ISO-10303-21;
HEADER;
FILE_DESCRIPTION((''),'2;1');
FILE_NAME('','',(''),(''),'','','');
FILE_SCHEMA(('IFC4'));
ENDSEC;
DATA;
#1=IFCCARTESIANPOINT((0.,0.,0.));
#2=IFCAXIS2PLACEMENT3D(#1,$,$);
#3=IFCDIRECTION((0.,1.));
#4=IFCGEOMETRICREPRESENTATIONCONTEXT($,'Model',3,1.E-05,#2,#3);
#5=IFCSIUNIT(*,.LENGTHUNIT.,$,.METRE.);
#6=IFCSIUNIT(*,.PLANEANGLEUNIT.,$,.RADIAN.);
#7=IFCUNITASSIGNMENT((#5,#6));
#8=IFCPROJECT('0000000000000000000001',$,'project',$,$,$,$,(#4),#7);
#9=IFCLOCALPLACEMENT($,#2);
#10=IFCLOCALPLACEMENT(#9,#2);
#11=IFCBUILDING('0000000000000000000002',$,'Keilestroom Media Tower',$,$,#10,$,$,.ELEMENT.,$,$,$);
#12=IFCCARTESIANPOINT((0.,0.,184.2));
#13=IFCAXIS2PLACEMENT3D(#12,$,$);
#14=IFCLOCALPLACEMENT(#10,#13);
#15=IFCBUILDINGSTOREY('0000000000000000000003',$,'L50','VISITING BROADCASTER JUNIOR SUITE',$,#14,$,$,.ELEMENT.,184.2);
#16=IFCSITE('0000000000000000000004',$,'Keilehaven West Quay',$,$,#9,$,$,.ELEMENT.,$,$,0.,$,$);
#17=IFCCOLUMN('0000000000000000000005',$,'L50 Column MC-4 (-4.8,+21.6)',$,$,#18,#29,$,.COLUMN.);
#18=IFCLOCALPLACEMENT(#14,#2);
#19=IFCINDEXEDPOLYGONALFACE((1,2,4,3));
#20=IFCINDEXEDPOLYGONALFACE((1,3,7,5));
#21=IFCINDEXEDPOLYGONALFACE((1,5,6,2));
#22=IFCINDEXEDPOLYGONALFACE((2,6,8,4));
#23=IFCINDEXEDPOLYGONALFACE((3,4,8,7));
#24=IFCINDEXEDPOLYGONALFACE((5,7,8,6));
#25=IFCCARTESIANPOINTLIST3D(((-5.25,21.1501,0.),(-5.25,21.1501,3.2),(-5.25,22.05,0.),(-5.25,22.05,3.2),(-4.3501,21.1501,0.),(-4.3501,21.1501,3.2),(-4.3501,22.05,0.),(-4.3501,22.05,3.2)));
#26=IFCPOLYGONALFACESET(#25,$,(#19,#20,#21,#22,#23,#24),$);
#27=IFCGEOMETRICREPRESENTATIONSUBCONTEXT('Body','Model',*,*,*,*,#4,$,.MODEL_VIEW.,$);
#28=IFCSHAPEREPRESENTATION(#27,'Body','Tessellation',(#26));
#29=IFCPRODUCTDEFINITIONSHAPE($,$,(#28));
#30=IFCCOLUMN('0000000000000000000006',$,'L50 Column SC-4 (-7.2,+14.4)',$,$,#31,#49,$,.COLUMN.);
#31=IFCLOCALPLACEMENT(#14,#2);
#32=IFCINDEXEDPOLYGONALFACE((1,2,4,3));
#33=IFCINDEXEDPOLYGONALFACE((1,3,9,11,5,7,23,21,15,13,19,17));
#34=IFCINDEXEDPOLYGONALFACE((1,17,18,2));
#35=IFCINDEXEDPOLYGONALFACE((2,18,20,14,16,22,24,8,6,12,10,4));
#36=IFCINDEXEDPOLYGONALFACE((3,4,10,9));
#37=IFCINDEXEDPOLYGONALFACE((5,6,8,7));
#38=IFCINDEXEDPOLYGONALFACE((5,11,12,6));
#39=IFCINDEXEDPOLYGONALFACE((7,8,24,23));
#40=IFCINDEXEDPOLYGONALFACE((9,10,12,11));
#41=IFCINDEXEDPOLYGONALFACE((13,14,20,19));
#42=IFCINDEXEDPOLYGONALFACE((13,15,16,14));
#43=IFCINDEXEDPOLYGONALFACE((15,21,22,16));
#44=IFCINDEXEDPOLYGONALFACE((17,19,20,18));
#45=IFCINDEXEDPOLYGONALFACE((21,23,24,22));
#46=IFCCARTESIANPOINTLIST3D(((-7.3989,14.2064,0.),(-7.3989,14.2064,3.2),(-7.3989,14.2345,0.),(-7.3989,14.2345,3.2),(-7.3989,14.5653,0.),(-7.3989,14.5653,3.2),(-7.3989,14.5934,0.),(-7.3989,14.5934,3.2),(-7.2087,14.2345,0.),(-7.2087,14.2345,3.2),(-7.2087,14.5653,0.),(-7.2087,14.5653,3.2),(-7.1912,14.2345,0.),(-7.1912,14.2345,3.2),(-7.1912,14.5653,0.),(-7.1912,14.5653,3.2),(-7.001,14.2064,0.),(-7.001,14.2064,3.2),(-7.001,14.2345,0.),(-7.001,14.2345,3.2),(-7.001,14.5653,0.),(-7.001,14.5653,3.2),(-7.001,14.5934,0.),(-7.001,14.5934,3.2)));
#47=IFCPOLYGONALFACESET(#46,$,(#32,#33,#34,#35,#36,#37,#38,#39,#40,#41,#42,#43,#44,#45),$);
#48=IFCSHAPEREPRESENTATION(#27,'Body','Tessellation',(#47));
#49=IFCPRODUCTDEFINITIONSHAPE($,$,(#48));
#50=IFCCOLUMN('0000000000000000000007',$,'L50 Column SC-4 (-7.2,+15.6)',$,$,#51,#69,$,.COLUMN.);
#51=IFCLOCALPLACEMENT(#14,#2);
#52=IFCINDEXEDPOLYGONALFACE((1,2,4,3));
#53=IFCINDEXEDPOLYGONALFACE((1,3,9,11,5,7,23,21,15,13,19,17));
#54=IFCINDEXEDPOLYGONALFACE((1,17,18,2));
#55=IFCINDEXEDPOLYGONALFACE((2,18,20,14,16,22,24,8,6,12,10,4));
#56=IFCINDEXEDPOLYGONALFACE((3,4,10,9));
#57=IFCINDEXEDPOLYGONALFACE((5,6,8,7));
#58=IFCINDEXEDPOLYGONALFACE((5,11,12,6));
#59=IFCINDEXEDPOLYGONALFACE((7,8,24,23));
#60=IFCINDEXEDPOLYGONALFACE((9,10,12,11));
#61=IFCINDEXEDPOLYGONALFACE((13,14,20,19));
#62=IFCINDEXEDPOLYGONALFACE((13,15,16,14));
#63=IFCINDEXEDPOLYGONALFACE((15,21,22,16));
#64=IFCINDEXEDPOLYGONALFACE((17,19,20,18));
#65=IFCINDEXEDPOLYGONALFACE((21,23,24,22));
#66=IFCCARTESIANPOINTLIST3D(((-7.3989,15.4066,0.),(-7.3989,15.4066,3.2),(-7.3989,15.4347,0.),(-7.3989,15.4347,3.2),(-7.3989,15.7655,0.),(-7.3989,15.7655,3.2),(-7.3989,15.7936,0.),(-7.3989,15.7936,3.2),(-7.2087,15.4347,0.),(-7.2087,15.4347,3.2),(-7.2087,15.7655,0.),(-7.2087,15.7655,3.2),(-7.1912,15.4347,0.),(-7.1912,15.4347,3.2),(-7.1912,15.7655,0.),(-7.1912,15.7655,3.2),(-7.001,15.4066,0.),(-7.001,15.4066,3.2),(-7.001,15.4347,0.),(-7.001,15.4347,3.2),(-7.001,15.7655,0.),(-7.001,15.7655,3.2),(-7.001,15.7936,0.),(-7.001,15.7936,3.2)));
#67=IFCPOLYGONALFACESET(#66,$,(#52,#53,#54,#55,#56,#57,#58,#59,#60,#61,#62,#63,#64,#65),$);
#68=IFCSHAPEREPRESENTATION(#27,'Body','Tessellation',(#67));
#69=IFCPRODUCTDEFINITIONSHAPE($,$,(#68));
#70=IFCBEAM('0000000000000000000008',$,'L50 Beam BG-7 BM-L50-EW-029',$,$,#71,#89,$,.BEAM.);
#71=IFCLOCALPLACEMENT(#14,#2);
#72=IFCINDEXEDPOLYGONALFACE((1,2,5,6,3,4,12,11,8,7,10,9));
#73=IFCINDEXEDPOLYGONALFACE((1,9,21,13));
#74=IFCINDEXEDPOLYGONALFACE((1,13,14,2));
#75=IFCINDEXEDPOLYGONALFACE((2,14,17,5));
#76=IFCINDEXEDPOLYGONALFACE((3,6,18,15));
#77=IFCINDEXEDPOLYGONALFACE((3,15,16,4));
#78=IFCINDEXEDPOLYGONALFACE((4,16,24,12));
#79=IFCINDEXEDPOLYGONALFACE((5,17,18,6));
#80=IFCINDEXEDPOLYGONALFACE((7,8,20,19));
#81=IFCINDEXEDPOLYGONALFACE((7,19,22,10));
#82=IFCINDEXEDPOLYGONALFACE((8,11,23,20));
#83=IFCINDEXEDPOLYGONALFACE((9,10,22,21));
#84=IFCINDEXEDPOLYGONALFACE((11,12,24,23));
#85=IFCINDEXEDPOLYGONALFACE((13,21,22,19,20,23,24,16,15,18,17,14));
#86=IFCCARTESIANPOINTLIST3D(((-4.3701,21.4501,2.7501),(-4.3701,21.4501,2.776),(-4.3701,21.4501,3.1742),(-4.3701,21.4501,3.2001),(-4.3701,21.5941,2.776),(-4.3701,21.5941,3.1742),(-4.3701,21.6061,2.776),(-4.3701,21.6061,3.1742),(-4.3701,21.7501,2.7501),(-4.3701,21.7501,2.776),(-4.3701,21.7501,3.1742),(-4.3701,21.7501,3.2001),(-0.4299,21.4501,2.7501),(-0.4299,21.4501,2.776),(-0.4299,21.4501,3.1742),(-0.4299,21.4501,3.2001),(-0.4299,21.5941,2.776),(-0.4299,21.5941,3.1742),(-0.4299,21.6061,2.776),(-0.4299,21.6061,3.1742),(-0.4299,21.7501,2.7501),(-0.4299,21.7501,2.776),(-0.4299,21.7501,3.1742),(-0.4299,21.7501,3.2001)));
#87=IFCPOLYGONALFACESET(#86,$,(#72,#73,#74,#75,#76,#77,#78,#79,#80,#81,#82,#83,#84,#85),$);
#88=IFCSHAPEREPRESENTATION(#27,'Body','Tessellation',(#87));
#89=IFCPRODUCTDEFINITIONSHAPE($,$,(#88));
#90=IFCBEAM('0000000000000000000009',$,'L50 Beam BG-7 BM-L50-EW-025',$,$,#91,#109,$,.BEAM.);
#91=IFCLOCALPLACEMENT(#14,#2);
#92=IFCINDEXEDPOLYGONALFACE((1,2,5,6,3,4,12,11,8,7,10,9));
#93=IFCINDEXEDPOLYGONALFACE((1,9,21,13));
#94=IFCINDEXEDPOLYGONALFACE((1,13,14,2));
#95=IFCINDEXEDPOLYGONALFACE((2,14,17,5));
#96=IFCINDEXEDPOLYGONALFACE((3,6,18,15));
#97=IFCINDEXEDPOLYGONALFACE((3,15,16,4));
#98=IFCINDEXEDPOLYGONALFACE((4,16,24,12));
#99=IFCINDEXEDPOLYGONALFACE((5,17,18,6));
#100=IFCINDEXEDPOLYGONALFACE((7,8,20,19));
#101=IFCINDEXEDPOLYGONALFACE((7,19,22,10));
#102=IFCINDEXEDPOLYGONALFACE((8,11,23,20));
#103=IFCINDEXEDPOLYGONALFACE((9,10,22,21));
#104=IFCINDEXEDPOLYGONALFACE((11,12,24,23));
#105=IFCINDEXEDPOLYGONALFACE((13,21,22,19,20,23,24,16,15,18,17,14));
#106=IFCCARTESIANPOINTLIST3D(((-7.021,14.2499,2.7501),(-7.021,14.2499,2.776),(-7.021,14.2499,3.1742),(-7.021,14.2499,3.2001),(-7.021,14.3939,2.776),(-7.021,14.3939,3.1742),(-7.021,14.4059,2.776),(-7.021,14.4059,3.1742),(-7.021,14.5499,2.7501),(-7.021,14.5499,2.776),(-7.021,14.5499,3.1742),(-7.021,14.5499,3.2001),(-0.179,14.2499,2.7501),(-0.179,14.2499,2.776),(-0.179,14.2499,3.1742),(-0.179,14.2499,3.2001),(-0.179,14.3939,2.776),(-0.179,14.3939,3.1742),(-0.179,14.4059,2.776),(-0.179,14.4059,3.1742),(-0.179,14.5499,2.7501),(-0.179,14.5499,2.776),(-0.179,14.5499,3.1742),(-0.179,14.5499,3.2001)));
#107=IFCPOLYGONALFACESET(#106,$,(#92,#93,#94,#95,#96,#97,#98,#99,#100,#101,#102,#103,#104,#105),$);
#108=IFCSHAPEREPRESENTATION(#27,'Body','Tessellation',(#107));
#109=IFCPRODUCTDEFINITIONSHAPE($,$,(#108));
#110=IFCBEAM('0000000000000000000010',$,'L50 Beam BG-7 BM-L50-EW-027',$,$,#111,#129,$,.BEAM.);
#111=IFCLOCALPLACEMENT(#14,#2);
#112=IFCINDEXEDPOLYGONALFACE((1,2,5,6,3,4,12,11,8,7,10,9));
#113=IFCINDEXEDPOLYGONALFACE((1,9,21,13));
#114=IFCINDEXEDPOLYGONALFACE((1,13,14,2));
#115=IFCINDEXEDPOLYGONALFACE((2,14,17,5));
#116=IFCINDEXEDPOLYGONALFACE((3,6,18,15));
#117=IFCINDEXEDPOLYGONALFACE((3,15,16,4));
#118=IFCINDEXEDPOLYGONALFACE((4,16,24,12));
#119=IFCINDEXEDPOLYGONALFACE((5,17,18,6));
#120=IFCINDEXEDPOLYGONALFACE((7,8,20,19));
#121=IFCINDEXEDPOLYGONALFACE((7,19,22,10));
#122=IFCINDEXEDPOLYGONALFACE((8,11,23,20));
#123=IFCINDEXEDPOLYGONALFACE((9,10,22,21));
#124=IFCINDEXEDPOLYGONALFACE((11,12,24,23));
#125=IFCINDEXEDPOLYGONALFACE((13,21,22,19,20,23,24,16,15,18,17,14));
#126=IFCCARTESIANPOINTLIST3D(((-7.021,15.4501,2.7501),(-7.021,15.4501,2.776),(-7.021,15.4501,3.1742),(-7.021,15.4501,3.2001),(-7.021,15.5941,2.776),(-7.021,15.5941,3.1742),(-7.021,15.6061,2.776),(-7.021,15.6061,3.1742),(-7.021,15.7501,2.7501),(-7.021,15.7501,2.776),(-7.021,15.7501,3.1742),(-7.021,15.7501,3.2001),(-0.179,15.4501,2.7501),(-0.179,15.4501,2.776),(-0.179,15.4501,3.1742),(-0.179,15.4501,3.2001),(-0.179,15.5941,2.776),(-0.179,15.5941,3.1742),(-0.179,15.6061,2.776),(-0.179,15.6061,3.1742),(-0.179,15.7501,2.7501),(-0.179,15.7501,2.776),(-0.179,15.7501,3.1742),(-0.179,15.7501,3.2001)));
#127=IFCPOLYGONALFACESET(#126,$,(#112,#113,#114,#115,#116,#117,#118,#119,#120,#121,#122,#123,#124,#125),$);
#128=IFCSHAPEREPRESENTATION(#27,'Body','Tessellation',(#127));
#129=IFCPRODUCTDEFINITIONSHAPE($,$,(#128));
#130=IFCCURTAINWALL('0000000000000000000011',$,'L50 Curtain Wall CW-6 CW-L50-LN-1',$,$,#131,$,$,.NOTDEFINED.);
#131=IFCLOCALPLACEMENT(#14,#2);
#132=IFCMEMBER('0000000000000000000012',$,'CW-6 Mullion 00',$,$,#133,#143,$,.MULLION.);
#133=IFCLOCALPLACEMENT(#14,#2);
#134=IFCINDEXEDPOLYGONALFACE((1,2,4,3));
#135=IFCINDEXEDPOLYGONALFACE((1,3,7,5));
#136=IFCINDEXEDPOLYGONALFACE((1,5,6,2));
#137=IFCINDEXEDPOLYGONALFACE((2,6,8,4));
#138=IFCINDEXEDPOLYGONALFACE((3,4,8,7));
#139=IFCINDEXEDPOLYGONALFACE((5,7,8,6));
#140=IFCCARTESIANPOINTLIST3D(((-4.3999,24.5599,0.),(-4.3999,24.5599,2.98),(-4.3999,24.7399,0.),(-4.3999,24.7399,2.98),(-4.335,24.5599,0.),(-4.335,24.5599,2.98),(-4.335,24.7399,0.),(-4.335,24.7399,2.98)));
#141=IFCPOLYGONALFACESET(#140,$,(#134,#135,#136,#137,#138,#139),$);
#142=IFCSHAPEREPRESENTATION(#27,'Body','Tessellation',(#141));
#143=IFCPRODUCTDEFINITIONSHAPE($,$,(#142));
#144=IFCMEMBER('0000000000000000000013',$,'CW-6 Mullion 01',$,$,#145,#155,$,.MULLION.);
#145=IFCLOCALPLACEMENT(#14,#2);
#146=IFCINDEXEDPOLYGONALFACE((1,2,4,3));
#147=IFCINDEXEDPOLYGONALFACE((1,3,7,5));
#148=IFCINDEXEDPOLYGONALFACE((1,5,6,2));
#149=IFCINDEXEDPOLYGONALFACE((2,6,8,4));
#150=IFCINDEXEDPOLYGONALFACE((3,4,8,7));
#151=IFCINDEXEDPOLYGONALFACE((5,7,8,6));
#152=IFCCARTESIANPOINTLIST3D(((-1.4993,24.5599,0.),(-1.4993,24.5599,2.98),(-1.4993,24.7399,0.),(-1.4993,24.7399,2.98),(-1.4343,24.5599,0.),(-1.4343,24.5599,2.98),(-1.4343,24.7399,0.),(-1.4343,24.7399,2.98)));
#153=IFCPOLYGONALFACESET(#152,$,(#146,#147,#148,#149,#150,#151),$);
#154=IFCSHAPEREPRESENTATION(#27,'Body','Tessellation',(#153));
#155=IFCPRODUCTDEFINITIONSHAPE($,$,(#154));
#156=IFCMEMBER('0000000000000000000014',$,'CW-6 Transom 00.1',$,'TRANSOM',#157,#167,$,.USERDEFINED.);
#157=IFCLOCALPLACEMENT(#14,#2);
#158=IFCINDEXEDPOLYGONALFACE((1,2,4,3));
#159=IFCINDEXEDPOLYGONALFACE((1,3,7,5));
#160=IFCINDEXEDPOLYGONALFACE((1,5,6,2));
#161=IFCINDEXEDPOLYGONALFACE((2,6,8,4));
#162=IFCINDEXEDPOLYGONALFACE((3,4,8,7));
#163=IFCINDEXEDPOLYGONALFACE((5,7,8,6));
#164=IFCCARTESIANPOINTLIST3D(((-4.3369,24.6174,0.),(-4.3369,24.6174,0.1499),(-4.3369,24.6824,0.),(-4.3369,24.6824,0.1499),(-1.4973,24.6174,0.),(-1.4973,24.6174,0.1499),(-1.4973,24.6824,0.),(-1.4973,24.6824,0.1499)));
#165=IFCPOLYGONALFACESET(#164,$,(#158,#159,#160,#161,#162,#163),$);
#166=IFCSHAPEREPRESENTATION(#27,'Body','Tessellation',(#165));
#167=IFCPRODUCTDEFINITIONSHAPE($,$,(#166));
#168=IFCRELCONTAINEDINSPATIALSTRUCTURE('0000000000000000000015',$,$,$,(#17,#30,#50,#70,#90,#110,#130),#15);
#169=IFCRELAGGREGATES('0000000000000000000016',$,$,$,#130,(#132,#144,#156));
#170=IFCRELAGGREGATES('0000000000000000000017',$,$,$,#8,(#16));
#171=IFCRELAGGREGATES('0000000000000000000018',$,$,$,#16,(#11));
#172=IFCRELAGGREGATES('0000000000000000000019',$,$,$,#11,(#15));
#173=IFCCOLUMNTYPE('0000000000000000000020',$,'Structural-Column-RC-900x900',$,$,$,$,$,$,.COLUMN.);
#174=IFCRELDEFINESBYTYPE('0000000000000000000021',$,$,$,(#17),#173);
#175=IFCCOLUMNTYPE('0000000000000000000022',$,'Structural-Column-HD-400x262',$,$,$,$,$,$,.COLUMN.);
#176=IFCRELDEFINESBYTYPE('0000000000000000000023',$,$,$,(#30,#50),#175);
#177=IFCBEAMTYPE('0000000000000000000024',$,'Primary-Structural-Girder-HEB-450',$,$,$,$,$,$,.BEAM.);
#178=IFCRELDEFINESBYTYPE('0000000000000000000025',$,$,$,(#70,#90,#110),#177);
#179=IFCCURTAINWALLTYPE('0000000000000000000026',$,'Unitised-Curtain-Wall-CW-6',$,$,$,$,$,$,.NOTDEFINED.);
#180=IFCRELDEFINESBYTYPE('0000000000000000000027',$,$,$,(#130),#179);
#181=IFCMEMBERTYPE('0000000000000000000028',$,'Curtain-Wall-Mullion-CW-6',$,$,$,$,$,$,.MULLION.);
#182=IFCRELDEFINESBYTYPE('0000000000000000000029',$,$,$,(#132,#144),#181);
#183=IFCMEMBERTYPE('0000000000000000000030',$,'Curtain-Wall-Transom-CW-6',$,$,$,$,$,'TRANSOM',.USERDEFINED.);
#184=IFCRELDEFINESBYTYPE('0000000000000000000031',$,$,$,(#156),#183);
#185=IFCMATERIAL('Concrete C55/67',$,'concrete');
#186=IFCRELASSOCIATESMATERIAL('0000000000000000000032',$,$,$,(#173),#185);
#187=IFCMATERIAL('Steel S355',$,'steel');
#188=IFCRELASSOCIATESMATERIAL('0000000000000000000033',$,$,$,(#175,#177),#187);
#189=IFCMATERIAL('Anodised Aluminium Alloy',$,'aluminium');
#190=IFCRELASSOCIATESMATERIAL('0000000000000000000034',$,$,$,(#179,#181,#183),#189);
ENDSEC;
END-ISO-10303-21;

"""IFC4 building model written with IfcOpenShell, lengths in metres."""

from ifc_helpers import new_model, si_unit, direction, frame, origin, origin_2d, place, context, subcontext, project, spatial, rectangle, i_section, extrude, source, transform, mapped, material, material_profile, profile_set, type_object, element, aggregate, save


model = new_model("IFC4")

# Units and contexts
model_context = context("Model", 3, precision=1e-05, world=origin(), true_north=direction((0.0, 1.0)))
body_context = subcontext(model_context, "Body", "Model", "MODEL_VIEW")
ifc_project = project(units=[si_unit("LENGTHUNIT", "METRE"), si_unit("PLANEANGLEUNIT", "RADIAN")], contexts=[model_context])

# Site, building, storey
site_placement = place(None, origin())
site = spatial("IfcSite", under=ifc_project, at=site_placement, Name="Keilehaven West Quay", CompositionType="ELEMENT", RefElevation=0.0)
building_placement = place(site_placement, origin())
building = spatial("IfcBuilding", under=site, at=building_placement, Name="Keilestroom Media Tower", CompositionType="ELEMENT")
storey_placement = place(building_placement, frame((0.0, 0.0, 184.2)))
storey = spatial("IfcBuildingStorey", under=building, at=storey_placement, Name="L50", Description="VISITING BROADCASTER JUNIOR SUITE", CompositionType="ELEMENT", Elevation=184.2)

# Columns
ifc_material_1 = material(Name="Concrete C55/67", Category="concrete")
ifc_material_profile_1 = material_profile(ifc_material_1, rectangle(XDim=0.8999, YDim=0.8999, at=origin_2d()), Name="RC 900x900")
ifc_profile_set_1 = profile_set([ifc_material_profile_1], Name="Concrete C55/67")
column_type_1 = type_object("IfcColumnType", Name="Structural-Column-RC-900x900", PredefinedType="COLUMN", material=ifc_profile_set_1)
shared_shape_1 = source(origin(), body_context, "Body", "SweptSolid", [
    extrude(rectangle(XDim=0.8999, YDim=0.8999, at=origin_2d()), origin(), (0.0, 0.0, 1.0), 3.2),
])
column_placement = place(storey_placement, frame((-4.8, 21.6001, 0.0), z_axis=(0.0, 0.0, 1.0), x_axis=(1.0, 0.0, 0.0)))
element("IfcColumn", 1, at=column_placement, inside=storey, type_object=column_type_1, Name="L50 Column MC-4 (-4.8,+21.6)", PredefinedType="COLUMN", context=body_context, shape_type="MappedRepresentation", body=[
    mapped(shared_shape_1, transform((0.0, 0.0, 0.0), x_axis=(1.0, 0.0, 0.0), y_axis=(0.0, 1.0, 0.0), z_axis=(0.0, 0.0, 1.0), scale=1.0)),
])
ifc_material_2 = material(Name="Steel S355", Category="steel")
ifc_material_profile_2 = material_profile(ifc_material_2, i_section(OverallWidth=0.3979, OverallDepth=0.387, WebThickness=0.0176, FlangeThickness=0.0281, at=origin_2d()), Name="HD 400x262")
ifc_profile_set_2 = profile_set([ifc_material_profile_2], Name="Steel S355")
column_type_2 = type_object("IfcColumnType", Name="Structural-Column-HD-400x262", PredefinedType="COLUMN", material=ifc_profile_set_2)
shared_shape_2 = source(origin(), body_context, "Body", "SweptSolid", [
    extrude(i_section(OverallWidth=0.3979, OverallDepth=0.387, WebThickness=0.0176, FlangeThickness=0.0281, at=origin_2d()), origin(), (0.0, 0.0, 1.0), 3.2),
])
for number, where, z_axis, x_axis, name in (
    (2, (-7.2, 14.3999, 0.0), (0.0, 0.0, 1.0), (1.0, 0.0, 0.0), "L50 Column SC-4 (-7.2,+14.4)"),
    (3, (-7.2, 15.6001, 0.0), (0.0, 0.0, 1.0), (1.0, 0.0, 0.0), "L50 Column SC-4 (-7.2,+15.6)"),
):
    element("IfcColumn", number, at=place(storey_placement, frame(where, z_axis=z_axis, x_axis=x_axis)), inside=storey, type_object=column_type_2, Name=name, PredefinedType="COLUMN", context=body_context, shape_type="MappedRepresentation", body=[
        mapped(shared_shape_2, transform((0.0, 0.0, 0.0), x_axis=(1.0, 0.0, 0.0), y_axis=(0.0, 1.0, 0.0), z_axis=(0.0, 0.0, 1.0), scale=1.0)),
    ])

# Beams
ifc_material_profile_3 = material_profile(ifc_material_2, i_section(OverallWidth=0.3, OverallDepth=0.45, WebThickness=0.012, FlangeThickness=0.0259, at=origin_2d()), Name="HEB 450")
ifc_profile_set_3 = profile_set([ifc_material_profile_3], Name="Steel S355")
beam_type = type_object("IfcBeamType", Name="Primary-Structural-Girder-HEB-450", PredefinedType="BEAM", material=ifc_profile_set_3)
shared_shape_3 = source(origin(), body_context, "Body", "SweptSolid", [
    extrude(i_section(OverallWidth=0.3, OverallDepth=0.45, WebThickness=0.012, FlangeThickness=0.0259, at=origin_2d()), origin(), (0.0, 0.0, 1.0), 3.9402),
])
beam_placement = place(storey_placement, frame((-4.3701, 21.6001, 2.9751), z_axis=(1.0, 0.0, 0.0), x_axis=(0.0, 1.0, 0.0)))
element("IfcBeam", 4, at=beam_placement, inside=storey, type_object=beam_type, Name="L50 Beam BG-7 BM-L50-EW-029", PredefinedType="BEAM", context=body_context, shape_type="MappedRepresentation", body=[
    mapped(shared_shape_3, transform((0.0, 0.0, 0.0), x_axis=(1.0, 0.0, 0.0), y_axis=(0.0, 1.0, 0.0), z_axis=(0.0, 0.0, 1.0), scale=1.0)),
])
shared_shape_4 = source(origin(), body_context, "Body", "SweptSolid", [
    extrude(i_section(OverallWidth=0.3, OverallDepth=0.45, WebThickness=0.012, FlangeThickness=0.0259, at=origin_2d()), origin(), (0.0, 0.0, 1.0), 6.842),
])
for number, where, z_axis, x_axis, name in (
    (5, (-7.021, 14.3999, 2.9751), (1.0, 0.0, 0.0), (0.0, 1.0, 0.0), "L50 Beam BG-7 BM-L50-EW-025"),
    (6, (-7.021, 15.6001, 2.9751), (1.0, 0.0, 0.0), (0.0, 1.0, 0.0), "L50 Beam BG-7 BM-L50-EW-027"),
):
    element("IfcBeam", number, at=place(storey_placement, frame(where, z_axis=z_axis, x_axis=x_axis)), inside=storey, type_object=beam_type, Name=name, PredefinedType="BEAM", context=body_context, shape_type="MappedRepresentation", body=[
        mapped(shared_shape_4, transform((0.0, 0.0, 0.0), x_axis=(1.0, 0.0, 0.0), y_axis=(0.0, 1.0, 0.0), z_axis=(0.0, 0.0, 1.0), scale=1.0)),
    ])

# Curtain wall, members
ifc_material_3 = material(Name="Anodised Aluminium Alloy", Category="aluminium")
curtain_wall_type = type_object("IfcCurtainWallType", Name="Unitised-Curtain-Wall-CW-6", PredefinedType="NOTDEFINED", material=ifc_material_3)
curtain_wall_placement = place(storey_placement, origin())
curtain_wall = element("IfcCurtainWall", 7, at=curtain_wall_placement, inside=storey, type_object=curtain_wall_type, Name="L50 Curtain Wall CW-6 CW-L50-LN-1", PredefinedType="NOTDEFINED")
ifc_material_profile_4 = material_profile(ifc_material_3, rectangle(XDim=0.0649, YDim=0.1799, at=origin_2d()), Name="ALU MULLION 65x180")
ifc_profile_set_4 = profile_set([ifc_material_profile_4], Name="Anodised Aluminium Alloy")
member_type_1 = type_object("IfcMemberType", Name="Curtain-Wall-Mullion-CW-6", PredefinedType="MULLION", material=ifc_profile_set_4)
shared_shape_5 = source(origin(), body_context, "Body", "SweptSolid", [
    extrude(rectangle(XDim=0.0649, YDim=0.1799, at=origin_2d()), origin(), (0.0, 0.0, 1.0), 2.98),
])
member_1_placement = place(storey_placement, frame((-4.3674, 24.6499, 0.0), z_axis=(0.0, 0.0, 1.0), x_axis=(1.0, 0.0, 0.0)))
member_1 = element("IfcMember", 8, at=member_1_placement, type_object=member_type_1, Name="CW-6 Mullion 00", PredefinedType="MULLION", context=body_context, shape_type="MappedRepresentation", body=[
    mapped(shared_shape_5, transform((0.0, 0.0, 0.0), x_axis=(1.0, 0.0, 0.0), y_axis=(0.0, 1.0, 0.0), z_axis=(0.0, 0.0, 1.0), scale=1.0)),
])
member_2_placement = place(storey_placement, frame((-1.4668, 24.6499, 0.0), z_axis=(0.0, 0.0, 1.0), x_axis=(1.0, 0.0, 0.0)))
member_2 = element("IfcMember", 9, at=member_2_placement, type_object=member_type_1, Name="CW-6 Mullion 01", PredefinedType="MULLION", context=body_context, shape_type="MappedRepresentation", body=[
    mapped(shared_shape_5, transform((0.0, 0.0, 0.0), x_axis=(1.0, 0.0, 0.0), y_axis=(0.0, 1.0, 0.0), z_axis=(0.0, 0.0, 1.0), scale=1.0)),
])
ifc_material_profile_5 = material_profile(ifc_material_3, rectangle(XDim=0.0649, YDim=0.1499, at=origin_2d()), Name="ALU TRANSOM 65x150")
ifc_profile_set_5 = profile_set([ifc_material_profile_5], Name="Anodised Aluminium Alloy")
member_type_2 = type_object("IfcMemberType", Name="Curtain-Wall-Transom-CW-6", ElementType="TRANSOM", PredefinedType="USERDEFINED", material=ifc_profile_set_5)
shared_shape_6 = source(origin(), body_context, "Body", "SweptSolid", [
    extrude(rectangle(XDim=0.0649, YDim=0.1499, at=origin_2d()), origin(), (0.0, 0.0, 1.0), 2.8396),
])
member_3_placement = place(storey_placement, frame((-4.3369, 24.6499, 0.075), z_axis=(1.0, 0.0, 0.0), x_axis=(0.0, 1.0, 0.0)))
member_3 = element("IfcMember", 10, at=member_3_placement, type_object=member_type_2, Name="CW-6 Transom 00.1", ObjectType="TRANSOM", PredefinedType="USERDEFINED", context=body_context, shape_type="MappedRepresentation", body=[
    mapped(shared_shape_6, transform((0.0, 0.0, 0.0), x_axis=(1.0, 0.0, 0.0), y_axis=(0.0, 1.0, 0.0), z_axis=(0.0, 0.0, 1.0), scale=1.0)),
])
aggregate(curtain_wall, [member_1, member_2, member_3])

save(model, "model.ifc")
